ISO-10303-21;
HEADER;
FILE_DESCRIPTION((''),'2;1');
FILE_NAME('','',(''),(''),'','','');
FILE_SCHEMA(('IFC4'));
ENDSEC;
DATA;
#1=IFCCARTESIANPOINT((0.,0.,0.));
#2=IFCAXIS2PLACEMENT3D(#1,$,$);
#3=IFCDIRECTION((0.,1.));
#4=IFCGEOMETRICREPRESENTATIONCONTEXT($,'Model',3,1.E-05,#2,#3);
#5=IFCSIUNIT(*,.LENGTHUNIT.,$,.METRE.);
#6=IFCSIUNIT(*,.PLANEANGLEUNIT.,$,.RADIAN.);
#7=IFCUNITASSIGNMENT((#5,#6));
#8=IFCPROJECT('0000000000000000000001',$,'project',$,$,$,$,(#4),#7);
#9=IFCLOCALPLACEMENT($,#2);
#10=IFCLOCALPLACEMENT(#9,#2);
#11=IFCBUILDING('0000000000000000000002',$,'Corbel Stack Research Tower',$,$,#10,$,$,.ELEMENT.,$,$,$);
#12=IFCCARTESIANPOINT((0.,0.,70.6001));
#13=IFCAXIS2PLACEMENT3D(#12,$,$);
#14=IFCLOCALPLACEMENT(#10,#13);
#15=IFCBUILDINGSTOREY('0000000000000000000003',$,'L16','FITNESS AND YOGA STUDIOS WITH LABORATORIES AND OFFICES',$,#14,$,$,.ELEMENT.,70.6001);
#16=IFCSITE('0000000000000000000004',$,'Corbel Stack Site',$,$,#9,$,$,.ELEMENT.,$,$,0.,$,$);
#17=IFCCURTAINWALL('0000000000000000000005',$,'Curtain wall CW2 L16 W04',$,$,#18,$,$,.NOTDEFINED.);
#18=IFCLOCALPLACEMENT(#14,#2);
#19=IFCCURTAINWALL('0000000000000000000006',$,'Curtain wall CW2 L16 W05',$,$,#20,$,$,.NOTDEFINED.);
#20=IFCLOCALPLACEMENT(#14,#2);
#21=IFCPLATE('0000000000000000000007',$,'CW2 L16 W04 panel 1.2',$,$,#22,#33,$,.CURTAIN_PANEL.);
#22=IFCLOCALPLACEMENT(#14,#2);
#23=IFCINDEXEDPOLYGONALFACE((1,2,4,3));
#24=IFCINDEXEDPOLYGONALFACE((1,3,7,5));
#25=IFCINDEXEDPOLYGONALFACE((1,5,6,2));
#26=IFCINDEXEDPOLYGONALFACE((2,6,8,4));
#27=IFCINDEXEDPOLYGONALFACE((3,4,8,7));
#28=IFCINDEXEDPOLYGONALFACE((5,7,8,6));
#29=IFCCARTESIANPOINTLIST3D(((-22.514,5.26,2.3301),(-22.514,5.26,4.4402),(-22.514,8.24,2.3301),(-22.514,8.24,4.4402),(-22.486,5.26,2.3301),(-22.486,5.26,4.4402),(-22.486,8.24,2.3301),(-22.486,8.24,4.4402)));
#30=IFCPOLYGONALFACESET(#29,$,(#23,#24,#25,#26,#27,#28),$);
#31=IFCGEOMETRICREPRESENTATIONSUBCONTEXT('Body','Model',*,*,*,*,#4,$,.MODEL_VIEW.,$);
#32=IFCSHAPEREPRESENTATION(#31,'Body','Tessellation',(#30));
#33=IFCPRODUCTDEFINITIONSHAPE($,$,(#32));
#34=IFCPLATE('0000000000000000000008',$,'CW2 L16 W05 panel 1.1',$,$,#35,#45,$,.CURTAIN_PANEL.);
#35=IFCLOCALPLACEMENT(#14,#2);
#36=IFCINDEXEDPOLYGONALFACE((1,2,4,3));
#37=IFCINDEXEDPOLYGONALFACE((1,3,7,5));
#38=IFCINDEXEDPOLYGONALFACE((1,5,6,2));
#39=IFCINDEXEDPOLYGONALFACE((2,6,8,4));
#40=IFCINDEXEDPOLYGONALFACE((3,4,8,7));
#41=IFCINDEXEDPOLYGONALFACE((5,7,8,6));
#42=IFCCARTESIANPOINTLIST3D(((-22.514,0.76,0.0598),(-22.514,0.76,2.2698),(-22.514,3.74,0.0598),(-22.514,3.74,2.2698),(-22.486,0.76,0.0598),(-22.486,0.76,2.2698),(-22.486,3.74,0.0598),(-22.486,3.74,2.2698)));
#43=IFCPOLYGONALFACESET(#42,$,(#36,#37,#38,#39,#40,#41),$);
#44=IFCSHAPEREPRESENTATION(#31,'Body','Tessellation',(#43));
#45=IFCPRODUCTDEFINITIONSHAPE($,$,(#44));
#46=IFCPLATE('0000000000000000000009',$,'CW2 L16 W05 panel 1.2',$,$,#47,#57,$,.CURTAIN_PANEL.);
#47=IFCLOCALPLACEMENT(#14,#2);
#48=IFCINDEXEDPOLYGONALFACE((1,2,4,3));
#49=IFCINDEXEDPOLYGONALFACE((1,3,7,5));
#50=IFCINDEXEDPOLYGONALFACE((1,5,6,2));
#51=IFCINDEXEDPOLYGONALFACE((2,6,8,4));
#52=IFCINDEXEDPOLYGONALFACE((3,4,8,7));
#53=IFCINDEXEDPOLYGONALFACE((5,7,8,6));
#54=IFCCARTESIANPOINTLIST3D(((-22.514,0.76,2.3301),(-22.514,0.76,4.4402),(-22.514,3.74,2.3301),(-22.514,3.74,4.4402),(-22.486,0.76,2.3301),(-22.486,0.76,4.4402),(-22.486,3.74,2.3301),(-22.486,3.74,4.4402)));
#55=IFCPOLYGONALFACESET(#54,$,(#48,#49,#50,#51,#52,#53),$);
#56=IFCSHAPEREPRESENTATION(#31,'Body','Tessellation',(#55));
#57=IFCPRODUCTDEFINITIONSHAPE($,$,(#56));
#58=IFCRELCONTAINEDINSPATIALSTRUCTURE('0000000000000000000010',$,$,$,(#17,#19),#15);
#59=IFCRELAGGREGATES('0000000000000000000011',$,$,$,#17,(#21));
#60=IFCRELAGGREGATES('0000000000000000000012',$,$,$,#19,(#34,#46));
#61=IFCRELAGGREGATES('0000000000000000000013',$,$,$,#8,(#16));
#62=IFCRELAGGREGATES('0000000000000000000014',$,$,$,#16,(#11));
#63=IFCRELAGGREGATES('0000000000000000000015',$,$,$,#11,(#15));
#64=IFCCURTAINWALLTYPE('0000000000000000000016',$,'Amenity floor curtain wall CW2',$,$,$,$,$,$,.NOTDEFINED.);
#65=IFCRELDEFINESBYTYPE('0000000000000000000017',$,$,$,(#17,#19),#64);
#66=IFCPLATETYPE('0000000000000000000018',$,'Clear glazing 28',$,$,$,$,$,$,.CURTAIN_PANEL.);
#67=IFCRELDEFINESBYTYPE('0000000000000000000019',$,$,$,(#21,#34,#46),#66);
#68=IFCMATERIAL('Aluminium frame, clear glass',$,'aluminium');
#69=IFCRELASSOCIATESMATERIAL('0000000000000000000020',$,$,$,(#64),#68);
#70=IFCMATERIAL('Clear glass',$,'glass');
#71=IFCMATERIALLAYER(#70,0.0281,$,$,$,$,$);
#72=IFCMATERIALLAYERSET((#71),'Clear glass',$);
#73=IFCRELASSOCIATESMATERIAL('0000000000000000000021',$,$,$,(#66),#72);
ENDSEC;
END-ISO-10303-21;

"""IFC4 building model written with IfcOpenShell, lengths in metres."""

from ifc_helpers import new_model, si_unit, direction, frame, origin, origin_2d, place, context, subcontext, project, spatial, rectangle, extrude, material, layer, layer_set, type_object, element, aggregate, save


model = new_model("IFC4")

# Units and contexts
model_context = context("Model", 3, precision=1e-05, world=origin(), true_north=direction((0.0, 1.0)))
body_context = subcontext(model_context, "Body", "Model", "MODEL_VIEW")
ifc_project = project(units=[si_unit("LENGTHUNIT", "METRE"), si_unit("PLANEANGLEUNIT", "RADIAN")], contexts=[model_context])

# Site, building, storey
site_placement = place(None, origin())
site = spatial("IfcSite", under=ifc_project, at=site_placement, Name="Corbel Stack Site", CompositionType="ELEMENT", RefElevation=0.0)
building_placement = place(site_placement, origin())
building = spatial("IfcBuilding", under=site, at=building_placement, Name="Corbel Stack Research Tower", CompositionType="ELEMENT")
storey_placement = place(building_placement, frame((0.0, 0.0, 70.6001)))
storey = spatial("IfcBuildingStorey", under=building, at=storey_placement, Name="L16", Description="FITNESS AND YOGA STUDIOS WITH LABORATORIES AND OFFICES", CompositionType="ELEMENT", Elevation=70.6001)

# Curtain walls
ifc_material_1 = material(Name="Aluminium frame, clear glass", Category="aluminium")
curtain_wall_type = type_object("IfcCurtainWallType", Name="Amenity floor curtain wall CW2", PredefinedType="NOTDEFINED", material=ifc_material_1)
curtain_wall_1_placement = place(storey_placement, origin())
curtain_wall_1 = element("IfcCurtainWall", 1, at=curtain_wall_1_placement, inside=storey, type_object=curtain_wall_type, Name="Curtain wall CW2 L16 W04", PredefinedType="NOTDEFINED")
curtain_wall_2_placement = place(storey_placement, origin())
curtain_wall_2 = element("IfcCurtainWall", 2, at=curtain_wall_2_placement, inside=storey, type_object=curtain_wall_type, Name="Curtain wall CW2 L16 W05", PredefinedType="NOTDEFINED")

# Plates
ifc_material_2 = material(Name="Clear glass", Category="glass")
ifc_layer = layer(ifc_material_2, 0.0281)
ifc_layer_set = layer_set([ifc_layer], Name="Clear glass")
plate_type = type_object("IfcPlateType", Name="Clear glazing 28", PredefinedType="CURTAIN_PANEL", material=ifc_layer_set)
plate_1_placement = place(storey_placement, frame((-22.5, 6.75, 2.3301), z_axis=(0.0, 0.0, 1.0), x_axis=(0.0, -1.0, 0.0)))
plate_1 = element("IfcPlate", 3, at=plate_1_placement, type_object=plate_type, Name="CW2 L16 W04 panel 1.2", PredefinedType="CURTAIN_PANEL", context=body_context, shape_type="SweptSolid", body=[
    extrude(rectangle(XDim=2.98, YDim=0.0281, at=origin_2d()), origin(), (0.0, 0.0, 1.0), 2.1101),
])
aggregate(curtain_wall_1, [plate_1])
plate_2_placement = place(storey_placement, frame((-22.5, 2.25, 0.0598), z_axis=(0.0, 0.0, 1.0), x_axis=(0.0, -1.0, 0.0)))
plate_2 = element("IfcPlate", 4, at=plate_2_placement, type_object=plate_type, Name="CW2 L16 W05 panel 1.1", PredefinedType="CURTAIN_PANEL", context=body_context, shape_type="SweptSolid", body=[
    extrude(rectangle(XDim=2.98, YDim=0.0281, at=origin_2d()), origin(), (0.0, 0.0, 1.0), 2.21),
])
plate_3_placement = place(storey_placement, frame((-22.5, 2.25, 2.3301), z_axis=(0.0, 0.0, 1.0), x_axis=(0.0, -1.0, 0.0)))
plate_3 = element("IfcPlate", 5, at=plate_3_placement, type_object=plate_type, Name="CW2 L16 W05 panel 1.2", PredefinedType="CURTAIN_PANEL", context=body_context, shape_type="SweptSolid", body=[
    extrude(rectangle(XDim=2.98, YDim=0.0281, at=origin_2d()), origin(), (0.0, 0.0, 1.0), 2.1101),
])
aggregate(curtain_wall_2, [plate_2, plate_3])

save(model, "model.ifc")
